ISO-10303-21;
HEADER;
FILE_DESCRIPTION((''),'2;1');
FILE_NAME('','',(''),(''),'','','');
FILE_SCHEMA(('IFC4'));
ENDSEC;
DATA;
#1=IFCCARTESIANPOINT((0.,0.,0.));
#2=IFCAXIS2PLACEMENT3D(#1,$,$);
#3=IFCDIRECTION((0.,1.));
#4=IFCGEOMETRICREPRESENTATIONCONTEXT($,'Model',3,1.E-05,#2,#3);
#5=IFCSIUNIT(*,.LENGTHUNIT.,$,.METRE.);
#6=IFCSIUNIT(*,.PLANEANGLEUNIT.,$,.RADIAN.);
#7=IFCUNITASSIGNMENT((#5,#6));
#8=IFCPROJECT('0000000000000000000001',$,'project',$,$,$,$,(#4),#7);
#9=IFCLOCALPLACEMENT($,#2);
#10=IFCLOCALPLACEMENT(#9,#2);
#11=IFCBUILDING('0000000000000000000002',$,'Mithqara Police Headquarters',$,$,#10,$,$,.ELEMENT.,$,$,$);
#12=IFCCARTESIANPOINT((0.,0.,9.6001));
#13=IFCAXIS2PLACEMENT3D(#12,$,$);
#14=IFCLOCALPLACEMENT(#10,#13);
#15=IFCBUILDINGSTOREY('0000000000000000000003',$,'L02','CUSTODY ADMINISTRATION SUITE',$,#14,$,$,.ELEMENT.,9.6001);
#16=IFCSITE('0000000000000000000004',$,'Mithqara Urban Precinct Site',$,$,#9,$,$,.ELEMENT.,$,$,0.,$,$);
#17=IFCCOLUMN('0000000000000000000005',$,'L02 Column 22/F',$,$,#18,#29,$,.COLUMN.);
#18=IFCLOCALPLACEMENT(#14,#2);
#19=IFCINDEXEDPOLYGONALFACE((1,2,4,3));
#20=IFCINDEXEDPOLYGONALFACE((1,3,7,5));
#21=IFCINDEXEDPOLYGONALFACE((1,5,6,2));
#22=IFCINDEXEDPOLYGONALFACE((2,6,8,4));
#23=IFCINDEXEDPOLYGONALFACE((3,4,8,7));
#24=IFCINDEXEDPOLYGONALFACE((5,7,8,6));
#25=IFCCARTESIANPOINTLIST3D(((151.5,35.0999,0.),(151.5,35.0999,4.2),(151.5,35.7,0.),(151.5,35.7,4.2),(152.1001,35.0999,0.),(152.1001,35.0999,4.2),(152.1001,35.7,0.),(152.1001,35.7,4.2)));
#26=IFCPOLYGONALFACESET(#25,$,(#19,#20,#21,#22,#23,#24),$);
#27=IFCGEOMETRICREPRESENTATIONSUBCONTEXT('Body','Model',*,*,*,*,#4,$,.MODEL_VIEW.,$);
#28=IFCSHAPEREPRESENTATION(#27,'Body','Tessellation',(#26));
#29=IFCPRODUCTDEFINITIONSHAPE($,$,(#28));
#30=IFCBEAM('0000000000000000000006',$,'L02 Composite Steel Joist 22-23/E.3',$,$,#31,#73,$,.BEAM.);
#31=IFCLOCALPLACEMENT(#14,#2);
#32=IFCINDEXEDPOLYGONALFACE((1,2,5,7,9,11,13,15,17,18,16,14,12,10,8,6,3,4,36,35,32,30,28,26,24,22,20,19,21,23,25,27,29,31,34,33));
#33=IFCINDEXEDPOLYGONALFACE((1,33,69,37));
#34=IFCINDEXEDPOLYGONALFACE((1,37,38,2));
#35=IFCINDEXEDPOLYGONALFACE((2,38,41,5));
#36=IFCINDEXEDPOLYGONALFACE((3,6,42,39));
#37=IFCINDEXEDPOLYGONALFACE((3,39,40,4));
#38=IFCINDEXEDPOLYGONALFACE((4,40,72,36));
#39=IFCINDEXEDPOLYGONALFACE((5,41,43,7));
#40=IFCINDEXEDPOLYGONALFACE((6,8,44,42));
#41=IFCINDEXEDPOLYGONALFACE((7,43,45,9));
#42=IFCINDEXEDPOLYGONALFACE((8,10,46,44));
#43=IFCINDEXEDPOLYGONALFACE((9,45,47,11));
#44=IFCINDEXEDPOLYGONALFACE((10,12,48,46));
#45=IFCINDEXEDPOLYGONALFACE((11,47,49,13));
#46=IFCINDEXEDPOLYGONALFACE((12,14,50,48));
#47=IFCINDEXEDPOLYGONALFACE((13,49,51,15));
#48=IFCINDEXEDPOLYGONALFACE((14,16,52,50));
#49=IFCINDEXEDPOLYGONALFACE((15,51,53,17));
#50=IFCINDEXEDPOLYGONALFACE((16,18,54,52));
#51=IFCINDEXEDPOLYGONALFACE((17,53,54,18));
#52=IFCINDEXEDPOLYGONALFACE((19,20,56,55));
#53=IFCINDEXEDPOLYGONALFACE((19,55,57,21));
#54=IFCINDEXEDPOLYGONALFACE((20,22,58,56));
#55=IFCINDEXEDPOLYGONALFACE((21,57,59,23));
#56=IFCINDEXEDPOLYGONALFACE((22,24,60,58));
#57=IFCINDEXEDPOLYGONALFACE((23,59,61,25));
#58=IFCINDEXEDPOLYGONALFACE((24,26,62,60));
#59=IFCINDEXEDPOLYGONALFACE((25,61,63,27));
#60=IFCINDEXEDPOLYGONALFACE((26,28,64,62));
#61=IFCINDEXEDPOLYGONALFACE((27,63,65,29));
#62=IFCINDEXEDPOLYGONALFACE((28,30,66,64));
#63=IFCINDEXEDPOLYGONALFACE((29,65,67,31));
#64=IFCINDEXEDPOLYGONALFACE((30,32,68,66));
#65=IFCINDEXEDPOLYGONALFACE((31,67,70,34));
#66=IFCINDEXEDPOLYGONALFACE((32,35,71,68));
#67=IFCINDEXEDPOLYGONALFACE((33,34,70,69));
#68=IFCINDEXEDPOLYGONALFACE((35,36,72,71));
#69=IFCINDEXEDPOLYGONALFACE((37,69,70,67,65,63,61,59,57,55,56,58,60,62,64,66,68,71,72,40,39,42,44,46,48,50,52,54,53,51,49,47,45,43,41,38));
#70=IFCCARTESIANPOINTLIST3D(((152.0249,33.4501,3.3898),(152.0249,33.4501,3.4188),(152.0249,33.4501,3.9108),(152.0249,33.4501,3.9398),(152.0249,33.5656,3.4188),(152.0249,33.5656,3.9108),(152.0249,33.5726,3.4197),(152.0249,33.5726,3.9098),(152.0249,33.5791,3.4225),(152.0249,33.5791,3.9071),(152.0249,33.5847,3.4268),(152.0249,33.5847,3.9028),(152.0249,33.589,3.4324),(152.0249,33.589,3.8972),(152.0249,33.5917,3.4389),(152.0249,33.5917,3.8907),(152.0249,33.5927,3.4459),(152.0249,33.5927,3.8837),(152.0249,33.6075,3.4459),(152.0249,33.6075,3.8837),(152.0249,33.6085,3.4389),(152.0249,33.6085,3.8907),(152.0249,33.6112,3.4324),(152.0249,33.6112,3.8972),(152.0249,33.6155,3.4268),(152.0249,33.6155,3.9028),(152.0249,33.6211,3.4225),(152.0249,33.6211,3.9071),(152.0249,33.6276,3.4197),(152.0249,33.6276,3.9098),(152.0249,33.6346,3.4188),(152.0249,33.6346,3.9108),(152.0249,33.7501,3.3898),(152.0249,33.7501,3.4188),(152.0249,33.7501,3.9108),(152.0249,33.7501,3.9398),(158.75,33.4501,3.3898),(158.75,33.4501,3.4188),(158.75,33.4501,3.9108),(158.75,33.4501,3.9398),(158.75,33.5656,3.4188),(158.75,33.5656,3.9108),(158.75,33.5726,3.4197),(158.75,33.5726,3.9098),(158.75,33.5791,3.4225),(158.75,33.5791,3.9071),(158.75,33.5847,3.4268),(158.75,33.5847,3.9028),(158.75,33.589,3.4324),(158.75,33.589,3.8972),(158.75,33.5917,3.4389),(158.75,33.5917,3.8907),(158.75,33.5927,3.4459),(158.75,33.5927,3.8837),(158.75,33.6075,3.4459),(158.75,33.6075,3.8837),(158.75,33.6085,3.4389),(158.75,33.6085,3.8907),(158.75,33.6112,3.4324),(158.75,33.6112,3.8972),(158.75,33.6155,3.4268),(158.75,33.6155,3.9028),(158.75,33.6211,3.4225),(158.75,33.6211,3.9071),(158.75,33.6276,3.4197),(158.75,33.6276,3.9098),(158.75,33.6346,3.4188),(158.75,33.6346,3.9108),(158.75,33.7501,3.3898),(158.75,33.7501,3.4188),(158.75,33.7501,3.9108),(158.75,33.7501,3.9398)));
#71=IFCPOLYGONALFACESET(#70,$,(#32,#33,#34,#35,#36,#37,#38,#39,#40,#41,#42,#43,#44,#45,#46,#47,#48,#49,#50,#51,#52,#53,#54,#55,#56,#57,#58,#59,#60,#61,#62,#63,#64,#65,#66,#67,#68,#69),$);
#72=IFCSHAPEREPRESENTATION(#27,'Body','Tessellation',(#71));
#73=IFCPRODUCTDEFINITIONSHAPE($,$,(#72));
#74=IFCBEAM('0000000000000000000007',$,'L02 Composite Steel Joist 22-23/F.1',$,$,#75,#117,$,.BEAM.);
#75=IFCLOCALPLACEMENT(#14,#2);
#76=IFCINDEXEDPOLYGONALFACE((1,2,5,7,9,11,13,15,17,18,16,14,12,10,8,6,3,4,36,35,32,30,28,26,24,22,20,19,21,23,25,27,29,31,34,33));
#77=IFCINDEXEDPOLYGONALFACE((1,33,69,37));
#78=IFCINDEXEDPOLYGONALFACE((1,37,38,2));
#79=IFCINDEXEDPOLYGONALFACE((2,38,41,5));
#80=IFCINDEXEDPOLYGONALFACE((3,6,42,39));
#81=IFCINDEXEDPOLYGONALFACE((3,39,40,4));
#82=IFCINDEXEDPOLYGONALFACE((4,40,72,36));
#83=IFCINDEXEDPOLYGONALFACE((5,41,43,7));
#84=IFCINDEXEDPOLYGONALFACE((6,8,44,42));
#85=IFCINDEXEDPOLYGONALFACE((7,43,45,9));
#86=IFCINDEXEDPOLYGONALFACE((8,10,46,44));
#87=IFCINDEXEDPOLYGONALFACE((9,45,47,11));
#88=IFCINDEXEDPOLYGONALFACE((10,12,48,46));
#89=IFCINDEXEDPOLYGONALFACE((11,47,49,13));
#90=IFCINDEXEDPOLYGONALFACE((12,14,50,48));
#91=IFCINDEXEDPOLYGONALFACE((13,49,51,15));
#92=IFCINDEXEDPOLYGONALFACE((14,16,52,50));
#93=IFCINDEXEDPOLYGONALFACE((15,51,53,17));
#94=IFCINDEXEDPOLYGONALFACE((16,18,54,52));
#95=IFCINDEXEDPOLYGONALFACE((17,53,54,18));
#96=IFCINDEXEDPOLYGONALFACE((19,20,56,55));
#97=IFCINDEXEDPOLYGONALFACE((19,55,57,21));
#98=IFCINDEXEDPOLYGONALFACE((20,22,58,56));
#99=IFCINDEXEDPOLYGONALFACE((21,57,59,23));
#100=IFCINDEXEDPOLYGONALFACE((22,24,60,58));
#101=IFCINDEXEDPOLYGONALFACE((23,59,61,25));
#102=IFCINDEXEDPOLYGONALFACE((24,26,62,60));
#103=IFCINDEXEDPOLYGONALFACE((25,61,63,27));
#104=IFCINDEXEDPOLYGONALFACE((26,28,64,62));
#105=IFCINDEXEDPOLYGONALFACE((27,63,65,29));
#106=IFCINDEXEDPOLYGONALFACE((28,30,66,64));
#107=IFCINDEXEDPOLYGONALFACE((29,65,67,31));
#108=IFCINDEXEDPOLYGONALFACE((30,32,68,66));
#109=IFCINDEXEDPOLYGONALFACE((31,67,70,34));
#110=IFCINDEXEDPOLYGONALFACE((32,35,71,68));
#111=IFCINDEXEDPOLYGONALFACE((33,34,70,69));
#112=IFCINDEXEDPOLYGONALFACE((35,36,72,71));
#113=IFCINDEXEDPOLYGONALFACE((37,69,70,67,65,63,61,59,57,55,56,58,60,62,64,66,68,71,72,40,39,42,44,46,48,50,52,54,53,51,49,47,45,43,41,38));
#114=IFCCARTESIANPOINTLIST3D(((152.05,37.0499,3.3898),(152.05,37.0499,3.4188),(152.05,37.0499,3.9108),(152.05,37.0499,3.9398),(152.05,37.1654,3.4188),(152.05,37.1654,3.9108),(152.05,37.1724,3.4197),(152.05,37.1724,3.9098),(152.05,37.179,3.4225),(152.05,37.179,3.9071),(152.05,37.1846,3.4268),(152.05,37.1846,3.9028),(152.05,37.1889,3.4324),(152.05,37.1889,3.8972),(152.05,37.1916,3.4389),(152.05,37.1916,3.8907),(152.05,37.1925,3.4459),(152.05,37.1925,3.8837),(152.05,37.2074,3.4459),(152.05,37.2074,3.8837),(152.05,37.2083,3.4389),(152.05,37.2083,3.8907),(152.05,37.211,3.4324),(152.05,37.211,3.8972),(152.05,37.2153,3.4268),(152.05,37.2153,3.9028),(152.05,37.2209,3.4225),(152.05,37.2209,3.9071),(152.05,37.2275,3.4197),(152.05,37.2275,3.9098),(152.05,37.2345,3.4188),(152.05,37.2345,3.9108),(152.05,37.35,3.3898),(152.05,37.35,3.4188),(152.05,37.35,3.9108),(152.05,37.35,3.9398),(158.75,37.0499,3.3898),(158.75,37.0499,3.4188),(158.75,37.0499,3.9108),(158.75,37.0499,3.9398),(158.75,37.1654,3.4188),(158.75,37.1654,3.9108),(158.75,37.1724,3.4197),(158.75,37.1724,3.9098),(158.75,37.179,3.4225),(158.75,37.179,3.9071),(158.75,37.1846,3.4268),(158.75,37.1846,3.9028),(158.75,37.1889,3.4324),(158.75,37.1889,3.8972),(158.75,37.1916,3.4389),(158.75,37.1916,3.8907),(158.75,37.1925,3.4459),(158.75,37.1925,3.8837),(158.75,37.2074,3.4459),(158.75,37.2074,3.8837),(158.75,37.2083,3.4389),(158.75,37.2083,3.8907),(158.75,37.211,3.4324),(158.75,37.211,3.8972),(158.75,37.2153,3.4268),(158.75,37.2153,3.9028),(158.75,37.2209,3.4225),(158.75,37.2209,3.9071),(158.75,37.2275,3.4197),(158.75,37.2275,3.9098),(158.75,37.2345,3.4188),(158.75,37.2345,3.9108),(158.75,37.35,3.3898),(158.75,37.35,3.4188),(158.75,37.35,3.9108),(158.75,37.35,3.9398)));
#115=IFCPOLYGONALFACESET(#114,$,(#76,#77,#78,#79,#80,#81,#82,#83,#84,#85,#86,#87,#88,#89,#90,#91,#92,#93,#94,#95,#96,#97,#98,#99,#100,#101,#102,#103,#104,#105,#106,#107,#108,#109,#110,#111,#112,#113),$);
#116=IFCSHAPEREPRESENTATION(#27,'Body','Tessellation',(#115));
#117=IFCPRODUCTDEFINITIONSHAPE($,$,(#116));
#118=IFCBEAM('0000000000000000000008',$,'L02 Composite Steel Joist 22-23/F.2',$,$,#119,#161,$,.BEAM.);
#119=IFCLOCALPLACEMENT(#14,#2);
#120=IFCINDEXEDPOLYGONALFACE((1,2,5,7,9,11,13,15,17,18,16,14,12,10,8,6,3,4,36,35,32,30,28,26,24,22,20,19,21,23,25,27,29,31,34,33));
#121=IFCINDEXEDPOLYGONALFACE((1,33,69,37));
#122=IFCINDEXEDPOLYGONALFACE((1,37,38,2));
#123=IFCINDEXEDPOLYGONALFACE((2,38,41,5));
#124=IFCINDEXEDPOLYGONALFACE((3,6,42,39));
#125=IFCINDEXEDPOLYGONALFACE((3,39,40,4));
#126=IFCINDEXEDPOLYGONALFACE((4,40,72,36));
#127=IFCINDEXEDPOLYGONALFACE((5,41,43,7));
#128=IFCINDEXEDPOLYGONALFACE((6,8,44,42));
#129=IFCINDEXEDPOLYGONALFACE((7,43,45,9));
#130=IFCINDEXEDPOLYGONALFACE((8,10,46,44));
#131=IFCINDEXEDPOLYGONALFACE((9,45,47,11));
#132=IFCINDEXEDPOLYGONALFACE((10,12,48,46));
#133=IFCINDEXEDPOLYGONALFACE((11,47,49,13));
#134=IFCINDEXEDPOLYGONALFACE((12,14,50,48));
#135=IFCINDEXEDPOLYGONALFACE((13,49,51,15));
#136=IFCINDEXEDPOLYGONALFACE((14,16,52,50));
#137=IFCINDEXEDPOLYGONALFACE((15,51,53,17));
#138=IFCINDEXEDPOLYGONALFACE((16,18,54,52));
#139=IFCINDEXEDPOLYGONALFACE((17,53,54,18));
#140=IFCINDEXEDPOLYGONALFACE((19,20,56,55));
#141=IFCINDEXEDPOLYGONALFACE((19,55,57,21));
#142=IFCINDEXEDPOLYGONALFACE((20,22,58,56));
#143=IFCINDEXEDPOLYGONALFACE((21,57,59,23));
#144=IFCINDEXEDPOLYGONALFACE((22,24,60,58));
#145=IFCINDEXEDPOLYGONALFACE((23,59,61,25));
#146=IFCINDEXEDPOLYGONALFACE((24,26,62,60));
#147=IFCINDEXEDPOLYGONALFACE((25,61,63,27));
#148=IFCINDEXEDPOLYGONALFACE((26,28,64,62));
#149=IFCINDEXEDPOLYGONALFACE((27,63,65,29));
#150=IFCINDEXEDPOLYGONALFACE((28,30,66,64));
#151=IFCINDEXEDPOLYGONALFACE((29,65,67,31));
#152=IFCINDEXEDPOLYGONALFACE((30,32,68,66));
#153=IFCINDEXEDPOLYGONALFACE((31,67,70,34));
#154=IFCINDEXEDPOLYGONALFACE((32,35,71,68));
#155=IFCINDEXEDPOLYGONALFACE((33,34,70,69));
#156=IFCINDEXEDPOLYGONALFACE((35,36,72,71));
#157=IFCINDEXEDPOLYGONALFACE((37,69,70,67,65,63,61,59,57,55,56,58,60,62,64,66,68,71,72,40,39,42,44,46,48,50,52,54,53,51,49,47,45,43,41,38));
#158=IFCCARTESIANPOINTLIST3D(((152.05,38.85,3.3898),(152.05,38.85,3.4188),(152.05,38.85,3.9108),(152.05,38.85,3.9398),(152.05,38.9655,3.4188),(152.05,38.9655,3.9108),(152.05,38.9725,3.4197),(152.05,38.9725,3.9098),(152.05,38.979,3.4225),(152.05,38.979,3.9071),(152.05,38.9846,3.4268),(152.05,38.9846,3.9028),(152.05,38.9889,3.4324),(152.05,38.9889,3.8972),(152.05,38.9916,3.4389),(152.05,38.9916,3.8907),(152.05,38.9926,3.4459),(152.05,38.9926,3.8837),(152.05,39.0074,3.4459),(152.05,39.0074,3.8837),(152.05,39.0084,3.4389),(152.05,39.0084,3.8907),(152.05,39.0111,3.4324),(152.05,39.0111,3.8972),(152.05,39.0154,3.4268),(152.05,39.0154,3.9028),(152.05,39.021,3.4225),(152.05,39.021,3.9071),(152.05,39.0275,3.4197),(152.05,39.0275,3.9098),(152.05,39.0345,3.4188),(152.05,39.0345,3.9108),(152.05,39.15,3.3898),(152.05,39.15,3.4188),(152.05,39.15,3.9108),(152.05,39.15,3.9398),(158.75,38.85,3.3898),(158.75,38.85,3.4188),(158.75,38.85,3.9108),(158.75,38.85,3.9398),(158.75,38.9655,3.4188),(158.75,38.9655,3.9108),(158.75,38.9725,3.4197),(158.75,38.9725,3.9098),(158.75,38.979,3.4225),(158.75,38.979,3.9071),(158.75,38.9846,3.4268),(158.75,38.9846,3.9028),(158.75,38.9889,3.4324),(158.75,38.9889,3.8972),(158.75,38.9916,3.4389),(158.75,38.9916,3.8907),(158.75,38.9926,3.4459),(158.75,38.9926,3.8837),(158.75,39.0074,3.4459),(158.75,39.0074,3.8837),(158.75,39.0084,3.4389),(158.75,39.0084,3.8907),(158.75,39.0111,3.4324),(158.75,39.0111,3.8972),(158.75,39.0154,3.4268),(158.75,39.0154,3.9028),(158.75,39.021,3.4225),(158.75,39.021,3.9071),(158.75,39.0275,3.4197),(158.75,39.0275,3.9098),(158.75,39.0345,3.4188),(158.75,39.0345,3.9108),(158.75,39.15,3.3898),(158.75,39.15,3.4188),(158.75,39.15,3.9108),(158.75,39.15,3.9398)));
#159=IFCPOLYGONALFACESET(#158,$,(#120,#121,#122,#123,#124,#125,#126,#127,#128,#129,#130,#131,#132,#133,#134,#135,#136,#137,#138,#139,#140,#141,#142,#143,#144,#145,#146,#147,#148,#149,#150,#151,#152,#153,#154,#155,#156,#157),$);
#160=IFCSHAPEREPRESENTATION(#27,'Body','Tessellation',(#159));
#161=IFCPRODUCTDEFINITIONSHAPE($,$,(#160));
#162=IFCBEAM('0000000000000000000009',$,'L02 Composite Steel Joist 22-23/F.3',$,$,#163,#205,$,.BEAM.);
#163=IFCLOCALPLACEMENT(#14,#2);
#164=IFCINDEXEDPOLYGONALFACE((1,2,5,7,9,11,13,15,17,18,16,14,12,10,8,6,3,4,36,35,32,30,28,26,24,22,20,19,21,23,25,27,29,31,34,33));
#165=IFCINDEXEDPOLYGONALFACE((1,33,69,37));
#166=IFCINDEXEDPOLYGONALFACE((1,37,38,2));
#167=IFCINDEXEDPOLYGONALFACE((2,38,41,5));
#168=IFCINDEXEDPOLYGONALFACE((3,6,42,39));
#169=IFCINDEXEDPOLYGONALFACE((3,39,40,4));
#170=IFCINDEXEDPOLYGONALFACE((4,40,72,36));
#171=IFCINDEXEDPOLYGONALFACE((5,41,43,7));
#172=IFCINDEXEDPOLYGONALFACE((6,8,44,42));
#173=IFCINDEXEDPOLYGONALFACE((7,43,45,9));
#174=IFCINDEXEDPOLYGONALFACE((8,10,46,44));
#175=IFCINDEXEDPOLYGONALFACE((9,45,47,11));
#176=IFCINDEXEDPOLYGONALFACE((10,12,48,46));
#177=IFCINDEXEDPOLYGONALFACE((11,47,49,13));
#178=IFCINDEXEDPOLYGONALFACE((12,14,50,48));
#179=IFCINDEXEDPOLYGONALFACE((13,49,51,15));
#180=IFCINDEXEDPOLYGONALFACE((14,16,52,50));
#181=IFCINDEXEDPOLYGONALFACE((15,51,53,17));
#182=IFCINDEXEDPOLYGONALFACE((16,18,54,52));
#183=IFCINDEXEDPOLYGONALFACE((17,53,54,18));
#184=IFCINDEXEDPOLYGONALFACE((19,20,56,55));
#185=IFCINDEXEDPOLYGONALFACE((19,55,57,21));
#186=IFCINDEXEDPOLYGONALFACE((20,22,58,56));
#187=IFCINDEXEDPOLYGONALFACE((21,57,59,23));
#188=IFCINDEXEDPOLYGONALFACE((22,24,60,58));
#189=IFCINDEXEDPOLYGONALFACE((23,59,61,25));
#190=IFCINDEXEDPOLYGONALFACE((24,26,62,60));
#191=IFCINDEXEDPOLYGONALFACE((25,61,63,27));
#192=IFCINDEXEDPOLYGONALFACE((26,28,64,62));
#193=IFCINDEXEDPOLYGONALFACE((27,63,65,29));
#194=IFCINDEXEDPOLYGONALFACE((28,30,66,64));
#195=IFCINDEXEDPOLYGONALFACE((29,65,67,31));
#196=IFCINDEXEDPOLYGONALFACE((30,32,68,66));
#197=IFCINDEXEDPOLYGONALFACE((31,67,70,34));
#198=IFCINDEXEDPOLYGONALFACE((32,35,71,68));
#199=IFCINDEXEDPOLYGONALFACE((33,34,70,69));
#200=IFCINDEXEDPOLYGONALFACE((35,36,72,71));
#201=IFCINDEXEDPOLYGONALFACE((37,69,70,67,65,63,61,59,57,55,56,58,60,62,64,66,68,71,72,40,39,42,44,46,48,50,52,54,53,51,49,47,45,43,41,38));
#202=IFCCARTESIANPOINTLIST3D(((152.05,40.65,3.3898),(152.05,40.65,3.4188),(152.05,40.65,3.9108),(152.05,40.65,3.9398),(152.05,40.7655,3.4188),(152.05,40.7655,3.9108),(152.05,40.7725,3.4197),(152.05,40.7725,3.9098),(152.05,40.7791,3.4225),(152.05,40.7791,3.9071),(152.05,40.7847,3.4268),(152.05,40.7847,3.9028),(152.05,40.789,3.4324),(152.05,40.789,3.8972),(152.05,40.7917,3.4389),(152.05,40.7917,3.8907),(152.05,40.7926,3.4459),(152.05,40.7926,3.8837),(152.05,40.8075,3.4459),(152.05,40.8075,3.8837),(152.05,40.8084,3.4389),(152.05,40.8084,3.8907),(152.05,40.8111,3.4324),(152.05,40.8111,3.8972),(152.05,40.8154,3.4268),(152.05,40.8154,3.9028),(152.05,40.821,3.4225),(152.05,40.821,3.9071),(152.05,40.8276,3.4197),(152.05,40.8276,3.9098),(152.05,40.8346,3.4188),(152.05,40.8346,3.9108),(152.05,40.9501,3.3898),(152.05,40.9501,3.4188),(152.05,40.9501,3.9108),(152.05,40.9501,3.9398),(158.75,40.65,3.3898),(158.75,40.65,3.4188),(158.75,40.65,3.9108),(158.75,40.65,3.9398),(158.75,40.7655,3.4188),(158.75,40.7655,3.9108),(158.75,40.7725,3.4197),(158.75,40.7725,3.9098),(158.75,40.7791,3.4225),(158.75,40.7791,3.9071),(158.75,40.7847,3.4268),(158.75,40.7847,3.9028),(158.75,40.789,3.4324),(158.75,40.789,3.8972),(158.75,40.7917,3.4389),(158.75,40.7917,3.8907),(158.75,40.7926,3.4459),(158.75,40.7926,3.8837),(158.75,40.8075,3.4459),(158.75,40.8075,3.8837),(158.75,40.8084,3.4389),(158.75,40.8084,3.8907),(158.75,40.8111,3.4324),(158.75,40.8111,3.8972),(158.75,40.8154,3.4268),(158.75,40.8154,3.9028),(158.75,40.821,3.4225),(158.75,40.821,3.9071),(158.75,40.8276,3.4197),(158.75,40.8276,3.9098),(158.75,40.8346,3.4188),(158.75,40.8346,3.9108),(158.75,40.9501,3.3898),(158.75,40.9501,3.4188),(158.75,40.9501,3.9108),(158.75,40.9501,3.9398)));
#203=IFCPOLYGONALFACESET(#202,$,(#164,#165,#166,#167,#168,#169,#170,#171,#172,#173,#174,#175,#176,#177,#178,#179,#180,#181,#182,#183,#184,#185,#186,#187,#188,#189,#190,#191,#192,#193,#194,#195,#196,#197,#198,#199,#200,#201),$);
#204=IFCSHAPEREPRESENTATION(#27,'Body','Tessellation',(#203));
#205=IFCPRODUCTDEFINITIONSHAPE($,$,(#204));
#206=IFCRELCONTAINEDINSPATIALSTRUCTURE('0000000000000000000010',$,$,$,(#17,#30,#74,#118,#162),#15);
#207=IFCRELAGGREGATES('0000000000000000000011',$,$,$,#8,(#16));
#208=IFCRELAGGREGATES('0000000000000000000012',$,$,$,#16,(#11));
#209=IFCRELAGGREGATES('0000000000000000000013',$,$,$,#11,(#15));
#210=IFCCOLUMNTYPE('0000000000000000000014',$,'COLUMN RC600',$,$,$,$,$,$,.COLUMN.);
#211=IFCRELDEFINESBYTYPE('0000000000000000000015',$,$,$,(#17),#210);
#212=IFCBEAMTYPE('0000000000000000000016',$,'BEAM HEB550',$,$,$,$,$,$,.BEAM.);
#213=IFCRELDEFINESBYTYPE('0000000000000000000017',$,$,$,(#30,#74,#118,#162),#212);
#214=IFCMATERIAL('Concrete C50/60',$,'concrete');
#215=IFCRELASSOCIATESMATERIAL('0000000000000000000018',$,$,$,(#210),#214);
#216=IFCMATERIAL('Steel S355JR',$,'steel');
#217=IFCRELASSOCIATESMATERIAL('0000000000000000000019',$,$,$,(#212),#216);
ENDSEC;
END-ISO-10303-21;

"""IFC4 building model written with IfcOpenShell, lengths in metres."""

from ifc_helpers import new_model, si_unit, direction, frame, origin, origin_2d, place, context, subcontext, project, spatial, rectangle, i_section, extrude, material, material_profile, profile_set, type_object, element, save


model = new_model("IFC4")

# Units and contexts
model_context = context("Model", 3, precision=1e-05, world=origin(), true_north=direction((0.0, 1.0)))
body_context = subcontext(model_context, "Body", "Model", "MODEL_VIEW")
ifc_project = project(units=[si_unit("LENGTHUNIT", "METRE"), si_unit("PLANEANGLEUNIT", "RADIAN")], contexts=[model_context])

# Site, building, storey
site_placement = place(None, origin())
site = spatial("IfcSite", under=ifc_project, at=site_placement, Name="Mithqara Urban Precinct Site", CompositionType="ELEMENT", RefElevation=0.0)
building_placement = place(site_placement, origin())
building = spatial("IfcBuilding", under=site, at=building_placement, Name="Mithqara Police Headquarters", CompositionType="ELEMENT")
storey_placement = place(building_placement, frame((0.0, 0.0, 9.6001)))
storey = spatial("IfcBuildingStorey", under=building, at=storey_placement, Name="L02", Description="CUSTODY ADMINISTRATION SUITE", CompositionType="ELEMENT", Elevation=9.6001)

# Column
ifc_material_1 = material(Name="Concrete C50/60", Category="concrete")
ifc_material_profile_1 = material_profile(ifc_material_1, rectangle(XDim=0.6001, YDim=0.6001, at=origin_2d()), Name="RC 600x600")
ifc_profile_set_1 = profile_set([ifc_material_profile_1], Name="Concrete C50/60")
column_type = type_object("IfcColumnType", Name="COLUMN RC600", PredefinedType="COLUMN", material=ifc_profile_set_1)
column_placement = place(storey_placement, frame((151.8, 35.3999, 0.0), z_axis=(0.0, 0.0, 1.0), x_axis=(1.0, 0.0, 0.0)))
element("IfcColumn", 1, at=column_placement, inside=storey, type_object=column_type, Name="L02 Column 22/F", PredefinedType="COLUMN", context=body_context, shape_type="SweptSolid", body=[
    extrude(rectangle(XDim=0.6001, YDim=0.6001, at=origin_2d()), origin(), (0.0, 0.0, 1.0), 4.2),
])

# Beams
ifc_material_2 = material(Name="Steel S355JR", Category="steel")
ifc_material_profile_2 = material_profile(ifc_material_2, i_section(OverallWidth=0.3, OverallDepth=0.55, WebThickness=0.0149, FlangeThickness=0.0291, FilletRadius=0.0271, at=origin_2d()), Name="HEB 550")
ifc_profile_set_2 = profile_set([ifc_material_profile_2], Name="Steel S355JR")
beam_type_1 = type_object("IfcBeamType", Name="BEAM HEB550", PredefinedType="BEAM", material=ifc_profile_set_2)
beam_1_placement = place(storey_placement, frame((152.0249, 33.6001, 3.6648), z_axis=(1.0, 0.0, 0.0), x_axis=(0.0, 1.0, 0.0)))
element("IfcBeam", 2, at=beam_1_placement, inside=storey, type_object=beam_type_1, Name="L02 Composite Steel Joist 22-23/E.3", PredefinedType="BEAM", context=body_context, shape_type="SweptSolid", body=[
    extrude(i_section(OverallWidth=0.3, OverallDepth=0.55, WebThickness=0.0149, FlangeThickness=0.0291, FilletRadius=0.0271, at=origin_2d()), origin(), (0.0, 0.0, 1.0), 6.7251),
])
for number, where, z_axis, x_axis, name in (
    (3, (152.05, 37.2, 3.6648), (1.0, 0.0, 0.0), (0.0, 1.0, 0.0), "L02 Composite Steel Joist 22-23/F.1"),
    (4, (152.05, 39.0, 3.6648), (1.0, 0.0, 0.0), (0.0, 1.0, 0.0), "L02 Composite Steel Joist 22-23/F.2"),
    (5, (152.05, 40.8, 3.6648), (1.0, 0.0, 0.0), (0.0, 1.0, 0.0), "L02 Composite Steel Joist 22-23/F.3"),
):
    element("IfcBeam", number, at=place(storey_placement, frame(where, z_axis=z_axis, x_axis=x_axis)), inside=storey, type_object=beam_type_1, Name=name, PredefinedType="BEAM", context=body_context, shape_type="SweptSolid", body=[
        extrude(i_section(OverallWidth=0.3, OverallDepth=0.55, WebThickness=0.0149, FlangeThickness=0.0291, FilletRadius=0.0271, at=origin_2d()), origin(), (0.0, 0.0, 1.0), 6.7),
    ])

save(model, "model.ifc")
